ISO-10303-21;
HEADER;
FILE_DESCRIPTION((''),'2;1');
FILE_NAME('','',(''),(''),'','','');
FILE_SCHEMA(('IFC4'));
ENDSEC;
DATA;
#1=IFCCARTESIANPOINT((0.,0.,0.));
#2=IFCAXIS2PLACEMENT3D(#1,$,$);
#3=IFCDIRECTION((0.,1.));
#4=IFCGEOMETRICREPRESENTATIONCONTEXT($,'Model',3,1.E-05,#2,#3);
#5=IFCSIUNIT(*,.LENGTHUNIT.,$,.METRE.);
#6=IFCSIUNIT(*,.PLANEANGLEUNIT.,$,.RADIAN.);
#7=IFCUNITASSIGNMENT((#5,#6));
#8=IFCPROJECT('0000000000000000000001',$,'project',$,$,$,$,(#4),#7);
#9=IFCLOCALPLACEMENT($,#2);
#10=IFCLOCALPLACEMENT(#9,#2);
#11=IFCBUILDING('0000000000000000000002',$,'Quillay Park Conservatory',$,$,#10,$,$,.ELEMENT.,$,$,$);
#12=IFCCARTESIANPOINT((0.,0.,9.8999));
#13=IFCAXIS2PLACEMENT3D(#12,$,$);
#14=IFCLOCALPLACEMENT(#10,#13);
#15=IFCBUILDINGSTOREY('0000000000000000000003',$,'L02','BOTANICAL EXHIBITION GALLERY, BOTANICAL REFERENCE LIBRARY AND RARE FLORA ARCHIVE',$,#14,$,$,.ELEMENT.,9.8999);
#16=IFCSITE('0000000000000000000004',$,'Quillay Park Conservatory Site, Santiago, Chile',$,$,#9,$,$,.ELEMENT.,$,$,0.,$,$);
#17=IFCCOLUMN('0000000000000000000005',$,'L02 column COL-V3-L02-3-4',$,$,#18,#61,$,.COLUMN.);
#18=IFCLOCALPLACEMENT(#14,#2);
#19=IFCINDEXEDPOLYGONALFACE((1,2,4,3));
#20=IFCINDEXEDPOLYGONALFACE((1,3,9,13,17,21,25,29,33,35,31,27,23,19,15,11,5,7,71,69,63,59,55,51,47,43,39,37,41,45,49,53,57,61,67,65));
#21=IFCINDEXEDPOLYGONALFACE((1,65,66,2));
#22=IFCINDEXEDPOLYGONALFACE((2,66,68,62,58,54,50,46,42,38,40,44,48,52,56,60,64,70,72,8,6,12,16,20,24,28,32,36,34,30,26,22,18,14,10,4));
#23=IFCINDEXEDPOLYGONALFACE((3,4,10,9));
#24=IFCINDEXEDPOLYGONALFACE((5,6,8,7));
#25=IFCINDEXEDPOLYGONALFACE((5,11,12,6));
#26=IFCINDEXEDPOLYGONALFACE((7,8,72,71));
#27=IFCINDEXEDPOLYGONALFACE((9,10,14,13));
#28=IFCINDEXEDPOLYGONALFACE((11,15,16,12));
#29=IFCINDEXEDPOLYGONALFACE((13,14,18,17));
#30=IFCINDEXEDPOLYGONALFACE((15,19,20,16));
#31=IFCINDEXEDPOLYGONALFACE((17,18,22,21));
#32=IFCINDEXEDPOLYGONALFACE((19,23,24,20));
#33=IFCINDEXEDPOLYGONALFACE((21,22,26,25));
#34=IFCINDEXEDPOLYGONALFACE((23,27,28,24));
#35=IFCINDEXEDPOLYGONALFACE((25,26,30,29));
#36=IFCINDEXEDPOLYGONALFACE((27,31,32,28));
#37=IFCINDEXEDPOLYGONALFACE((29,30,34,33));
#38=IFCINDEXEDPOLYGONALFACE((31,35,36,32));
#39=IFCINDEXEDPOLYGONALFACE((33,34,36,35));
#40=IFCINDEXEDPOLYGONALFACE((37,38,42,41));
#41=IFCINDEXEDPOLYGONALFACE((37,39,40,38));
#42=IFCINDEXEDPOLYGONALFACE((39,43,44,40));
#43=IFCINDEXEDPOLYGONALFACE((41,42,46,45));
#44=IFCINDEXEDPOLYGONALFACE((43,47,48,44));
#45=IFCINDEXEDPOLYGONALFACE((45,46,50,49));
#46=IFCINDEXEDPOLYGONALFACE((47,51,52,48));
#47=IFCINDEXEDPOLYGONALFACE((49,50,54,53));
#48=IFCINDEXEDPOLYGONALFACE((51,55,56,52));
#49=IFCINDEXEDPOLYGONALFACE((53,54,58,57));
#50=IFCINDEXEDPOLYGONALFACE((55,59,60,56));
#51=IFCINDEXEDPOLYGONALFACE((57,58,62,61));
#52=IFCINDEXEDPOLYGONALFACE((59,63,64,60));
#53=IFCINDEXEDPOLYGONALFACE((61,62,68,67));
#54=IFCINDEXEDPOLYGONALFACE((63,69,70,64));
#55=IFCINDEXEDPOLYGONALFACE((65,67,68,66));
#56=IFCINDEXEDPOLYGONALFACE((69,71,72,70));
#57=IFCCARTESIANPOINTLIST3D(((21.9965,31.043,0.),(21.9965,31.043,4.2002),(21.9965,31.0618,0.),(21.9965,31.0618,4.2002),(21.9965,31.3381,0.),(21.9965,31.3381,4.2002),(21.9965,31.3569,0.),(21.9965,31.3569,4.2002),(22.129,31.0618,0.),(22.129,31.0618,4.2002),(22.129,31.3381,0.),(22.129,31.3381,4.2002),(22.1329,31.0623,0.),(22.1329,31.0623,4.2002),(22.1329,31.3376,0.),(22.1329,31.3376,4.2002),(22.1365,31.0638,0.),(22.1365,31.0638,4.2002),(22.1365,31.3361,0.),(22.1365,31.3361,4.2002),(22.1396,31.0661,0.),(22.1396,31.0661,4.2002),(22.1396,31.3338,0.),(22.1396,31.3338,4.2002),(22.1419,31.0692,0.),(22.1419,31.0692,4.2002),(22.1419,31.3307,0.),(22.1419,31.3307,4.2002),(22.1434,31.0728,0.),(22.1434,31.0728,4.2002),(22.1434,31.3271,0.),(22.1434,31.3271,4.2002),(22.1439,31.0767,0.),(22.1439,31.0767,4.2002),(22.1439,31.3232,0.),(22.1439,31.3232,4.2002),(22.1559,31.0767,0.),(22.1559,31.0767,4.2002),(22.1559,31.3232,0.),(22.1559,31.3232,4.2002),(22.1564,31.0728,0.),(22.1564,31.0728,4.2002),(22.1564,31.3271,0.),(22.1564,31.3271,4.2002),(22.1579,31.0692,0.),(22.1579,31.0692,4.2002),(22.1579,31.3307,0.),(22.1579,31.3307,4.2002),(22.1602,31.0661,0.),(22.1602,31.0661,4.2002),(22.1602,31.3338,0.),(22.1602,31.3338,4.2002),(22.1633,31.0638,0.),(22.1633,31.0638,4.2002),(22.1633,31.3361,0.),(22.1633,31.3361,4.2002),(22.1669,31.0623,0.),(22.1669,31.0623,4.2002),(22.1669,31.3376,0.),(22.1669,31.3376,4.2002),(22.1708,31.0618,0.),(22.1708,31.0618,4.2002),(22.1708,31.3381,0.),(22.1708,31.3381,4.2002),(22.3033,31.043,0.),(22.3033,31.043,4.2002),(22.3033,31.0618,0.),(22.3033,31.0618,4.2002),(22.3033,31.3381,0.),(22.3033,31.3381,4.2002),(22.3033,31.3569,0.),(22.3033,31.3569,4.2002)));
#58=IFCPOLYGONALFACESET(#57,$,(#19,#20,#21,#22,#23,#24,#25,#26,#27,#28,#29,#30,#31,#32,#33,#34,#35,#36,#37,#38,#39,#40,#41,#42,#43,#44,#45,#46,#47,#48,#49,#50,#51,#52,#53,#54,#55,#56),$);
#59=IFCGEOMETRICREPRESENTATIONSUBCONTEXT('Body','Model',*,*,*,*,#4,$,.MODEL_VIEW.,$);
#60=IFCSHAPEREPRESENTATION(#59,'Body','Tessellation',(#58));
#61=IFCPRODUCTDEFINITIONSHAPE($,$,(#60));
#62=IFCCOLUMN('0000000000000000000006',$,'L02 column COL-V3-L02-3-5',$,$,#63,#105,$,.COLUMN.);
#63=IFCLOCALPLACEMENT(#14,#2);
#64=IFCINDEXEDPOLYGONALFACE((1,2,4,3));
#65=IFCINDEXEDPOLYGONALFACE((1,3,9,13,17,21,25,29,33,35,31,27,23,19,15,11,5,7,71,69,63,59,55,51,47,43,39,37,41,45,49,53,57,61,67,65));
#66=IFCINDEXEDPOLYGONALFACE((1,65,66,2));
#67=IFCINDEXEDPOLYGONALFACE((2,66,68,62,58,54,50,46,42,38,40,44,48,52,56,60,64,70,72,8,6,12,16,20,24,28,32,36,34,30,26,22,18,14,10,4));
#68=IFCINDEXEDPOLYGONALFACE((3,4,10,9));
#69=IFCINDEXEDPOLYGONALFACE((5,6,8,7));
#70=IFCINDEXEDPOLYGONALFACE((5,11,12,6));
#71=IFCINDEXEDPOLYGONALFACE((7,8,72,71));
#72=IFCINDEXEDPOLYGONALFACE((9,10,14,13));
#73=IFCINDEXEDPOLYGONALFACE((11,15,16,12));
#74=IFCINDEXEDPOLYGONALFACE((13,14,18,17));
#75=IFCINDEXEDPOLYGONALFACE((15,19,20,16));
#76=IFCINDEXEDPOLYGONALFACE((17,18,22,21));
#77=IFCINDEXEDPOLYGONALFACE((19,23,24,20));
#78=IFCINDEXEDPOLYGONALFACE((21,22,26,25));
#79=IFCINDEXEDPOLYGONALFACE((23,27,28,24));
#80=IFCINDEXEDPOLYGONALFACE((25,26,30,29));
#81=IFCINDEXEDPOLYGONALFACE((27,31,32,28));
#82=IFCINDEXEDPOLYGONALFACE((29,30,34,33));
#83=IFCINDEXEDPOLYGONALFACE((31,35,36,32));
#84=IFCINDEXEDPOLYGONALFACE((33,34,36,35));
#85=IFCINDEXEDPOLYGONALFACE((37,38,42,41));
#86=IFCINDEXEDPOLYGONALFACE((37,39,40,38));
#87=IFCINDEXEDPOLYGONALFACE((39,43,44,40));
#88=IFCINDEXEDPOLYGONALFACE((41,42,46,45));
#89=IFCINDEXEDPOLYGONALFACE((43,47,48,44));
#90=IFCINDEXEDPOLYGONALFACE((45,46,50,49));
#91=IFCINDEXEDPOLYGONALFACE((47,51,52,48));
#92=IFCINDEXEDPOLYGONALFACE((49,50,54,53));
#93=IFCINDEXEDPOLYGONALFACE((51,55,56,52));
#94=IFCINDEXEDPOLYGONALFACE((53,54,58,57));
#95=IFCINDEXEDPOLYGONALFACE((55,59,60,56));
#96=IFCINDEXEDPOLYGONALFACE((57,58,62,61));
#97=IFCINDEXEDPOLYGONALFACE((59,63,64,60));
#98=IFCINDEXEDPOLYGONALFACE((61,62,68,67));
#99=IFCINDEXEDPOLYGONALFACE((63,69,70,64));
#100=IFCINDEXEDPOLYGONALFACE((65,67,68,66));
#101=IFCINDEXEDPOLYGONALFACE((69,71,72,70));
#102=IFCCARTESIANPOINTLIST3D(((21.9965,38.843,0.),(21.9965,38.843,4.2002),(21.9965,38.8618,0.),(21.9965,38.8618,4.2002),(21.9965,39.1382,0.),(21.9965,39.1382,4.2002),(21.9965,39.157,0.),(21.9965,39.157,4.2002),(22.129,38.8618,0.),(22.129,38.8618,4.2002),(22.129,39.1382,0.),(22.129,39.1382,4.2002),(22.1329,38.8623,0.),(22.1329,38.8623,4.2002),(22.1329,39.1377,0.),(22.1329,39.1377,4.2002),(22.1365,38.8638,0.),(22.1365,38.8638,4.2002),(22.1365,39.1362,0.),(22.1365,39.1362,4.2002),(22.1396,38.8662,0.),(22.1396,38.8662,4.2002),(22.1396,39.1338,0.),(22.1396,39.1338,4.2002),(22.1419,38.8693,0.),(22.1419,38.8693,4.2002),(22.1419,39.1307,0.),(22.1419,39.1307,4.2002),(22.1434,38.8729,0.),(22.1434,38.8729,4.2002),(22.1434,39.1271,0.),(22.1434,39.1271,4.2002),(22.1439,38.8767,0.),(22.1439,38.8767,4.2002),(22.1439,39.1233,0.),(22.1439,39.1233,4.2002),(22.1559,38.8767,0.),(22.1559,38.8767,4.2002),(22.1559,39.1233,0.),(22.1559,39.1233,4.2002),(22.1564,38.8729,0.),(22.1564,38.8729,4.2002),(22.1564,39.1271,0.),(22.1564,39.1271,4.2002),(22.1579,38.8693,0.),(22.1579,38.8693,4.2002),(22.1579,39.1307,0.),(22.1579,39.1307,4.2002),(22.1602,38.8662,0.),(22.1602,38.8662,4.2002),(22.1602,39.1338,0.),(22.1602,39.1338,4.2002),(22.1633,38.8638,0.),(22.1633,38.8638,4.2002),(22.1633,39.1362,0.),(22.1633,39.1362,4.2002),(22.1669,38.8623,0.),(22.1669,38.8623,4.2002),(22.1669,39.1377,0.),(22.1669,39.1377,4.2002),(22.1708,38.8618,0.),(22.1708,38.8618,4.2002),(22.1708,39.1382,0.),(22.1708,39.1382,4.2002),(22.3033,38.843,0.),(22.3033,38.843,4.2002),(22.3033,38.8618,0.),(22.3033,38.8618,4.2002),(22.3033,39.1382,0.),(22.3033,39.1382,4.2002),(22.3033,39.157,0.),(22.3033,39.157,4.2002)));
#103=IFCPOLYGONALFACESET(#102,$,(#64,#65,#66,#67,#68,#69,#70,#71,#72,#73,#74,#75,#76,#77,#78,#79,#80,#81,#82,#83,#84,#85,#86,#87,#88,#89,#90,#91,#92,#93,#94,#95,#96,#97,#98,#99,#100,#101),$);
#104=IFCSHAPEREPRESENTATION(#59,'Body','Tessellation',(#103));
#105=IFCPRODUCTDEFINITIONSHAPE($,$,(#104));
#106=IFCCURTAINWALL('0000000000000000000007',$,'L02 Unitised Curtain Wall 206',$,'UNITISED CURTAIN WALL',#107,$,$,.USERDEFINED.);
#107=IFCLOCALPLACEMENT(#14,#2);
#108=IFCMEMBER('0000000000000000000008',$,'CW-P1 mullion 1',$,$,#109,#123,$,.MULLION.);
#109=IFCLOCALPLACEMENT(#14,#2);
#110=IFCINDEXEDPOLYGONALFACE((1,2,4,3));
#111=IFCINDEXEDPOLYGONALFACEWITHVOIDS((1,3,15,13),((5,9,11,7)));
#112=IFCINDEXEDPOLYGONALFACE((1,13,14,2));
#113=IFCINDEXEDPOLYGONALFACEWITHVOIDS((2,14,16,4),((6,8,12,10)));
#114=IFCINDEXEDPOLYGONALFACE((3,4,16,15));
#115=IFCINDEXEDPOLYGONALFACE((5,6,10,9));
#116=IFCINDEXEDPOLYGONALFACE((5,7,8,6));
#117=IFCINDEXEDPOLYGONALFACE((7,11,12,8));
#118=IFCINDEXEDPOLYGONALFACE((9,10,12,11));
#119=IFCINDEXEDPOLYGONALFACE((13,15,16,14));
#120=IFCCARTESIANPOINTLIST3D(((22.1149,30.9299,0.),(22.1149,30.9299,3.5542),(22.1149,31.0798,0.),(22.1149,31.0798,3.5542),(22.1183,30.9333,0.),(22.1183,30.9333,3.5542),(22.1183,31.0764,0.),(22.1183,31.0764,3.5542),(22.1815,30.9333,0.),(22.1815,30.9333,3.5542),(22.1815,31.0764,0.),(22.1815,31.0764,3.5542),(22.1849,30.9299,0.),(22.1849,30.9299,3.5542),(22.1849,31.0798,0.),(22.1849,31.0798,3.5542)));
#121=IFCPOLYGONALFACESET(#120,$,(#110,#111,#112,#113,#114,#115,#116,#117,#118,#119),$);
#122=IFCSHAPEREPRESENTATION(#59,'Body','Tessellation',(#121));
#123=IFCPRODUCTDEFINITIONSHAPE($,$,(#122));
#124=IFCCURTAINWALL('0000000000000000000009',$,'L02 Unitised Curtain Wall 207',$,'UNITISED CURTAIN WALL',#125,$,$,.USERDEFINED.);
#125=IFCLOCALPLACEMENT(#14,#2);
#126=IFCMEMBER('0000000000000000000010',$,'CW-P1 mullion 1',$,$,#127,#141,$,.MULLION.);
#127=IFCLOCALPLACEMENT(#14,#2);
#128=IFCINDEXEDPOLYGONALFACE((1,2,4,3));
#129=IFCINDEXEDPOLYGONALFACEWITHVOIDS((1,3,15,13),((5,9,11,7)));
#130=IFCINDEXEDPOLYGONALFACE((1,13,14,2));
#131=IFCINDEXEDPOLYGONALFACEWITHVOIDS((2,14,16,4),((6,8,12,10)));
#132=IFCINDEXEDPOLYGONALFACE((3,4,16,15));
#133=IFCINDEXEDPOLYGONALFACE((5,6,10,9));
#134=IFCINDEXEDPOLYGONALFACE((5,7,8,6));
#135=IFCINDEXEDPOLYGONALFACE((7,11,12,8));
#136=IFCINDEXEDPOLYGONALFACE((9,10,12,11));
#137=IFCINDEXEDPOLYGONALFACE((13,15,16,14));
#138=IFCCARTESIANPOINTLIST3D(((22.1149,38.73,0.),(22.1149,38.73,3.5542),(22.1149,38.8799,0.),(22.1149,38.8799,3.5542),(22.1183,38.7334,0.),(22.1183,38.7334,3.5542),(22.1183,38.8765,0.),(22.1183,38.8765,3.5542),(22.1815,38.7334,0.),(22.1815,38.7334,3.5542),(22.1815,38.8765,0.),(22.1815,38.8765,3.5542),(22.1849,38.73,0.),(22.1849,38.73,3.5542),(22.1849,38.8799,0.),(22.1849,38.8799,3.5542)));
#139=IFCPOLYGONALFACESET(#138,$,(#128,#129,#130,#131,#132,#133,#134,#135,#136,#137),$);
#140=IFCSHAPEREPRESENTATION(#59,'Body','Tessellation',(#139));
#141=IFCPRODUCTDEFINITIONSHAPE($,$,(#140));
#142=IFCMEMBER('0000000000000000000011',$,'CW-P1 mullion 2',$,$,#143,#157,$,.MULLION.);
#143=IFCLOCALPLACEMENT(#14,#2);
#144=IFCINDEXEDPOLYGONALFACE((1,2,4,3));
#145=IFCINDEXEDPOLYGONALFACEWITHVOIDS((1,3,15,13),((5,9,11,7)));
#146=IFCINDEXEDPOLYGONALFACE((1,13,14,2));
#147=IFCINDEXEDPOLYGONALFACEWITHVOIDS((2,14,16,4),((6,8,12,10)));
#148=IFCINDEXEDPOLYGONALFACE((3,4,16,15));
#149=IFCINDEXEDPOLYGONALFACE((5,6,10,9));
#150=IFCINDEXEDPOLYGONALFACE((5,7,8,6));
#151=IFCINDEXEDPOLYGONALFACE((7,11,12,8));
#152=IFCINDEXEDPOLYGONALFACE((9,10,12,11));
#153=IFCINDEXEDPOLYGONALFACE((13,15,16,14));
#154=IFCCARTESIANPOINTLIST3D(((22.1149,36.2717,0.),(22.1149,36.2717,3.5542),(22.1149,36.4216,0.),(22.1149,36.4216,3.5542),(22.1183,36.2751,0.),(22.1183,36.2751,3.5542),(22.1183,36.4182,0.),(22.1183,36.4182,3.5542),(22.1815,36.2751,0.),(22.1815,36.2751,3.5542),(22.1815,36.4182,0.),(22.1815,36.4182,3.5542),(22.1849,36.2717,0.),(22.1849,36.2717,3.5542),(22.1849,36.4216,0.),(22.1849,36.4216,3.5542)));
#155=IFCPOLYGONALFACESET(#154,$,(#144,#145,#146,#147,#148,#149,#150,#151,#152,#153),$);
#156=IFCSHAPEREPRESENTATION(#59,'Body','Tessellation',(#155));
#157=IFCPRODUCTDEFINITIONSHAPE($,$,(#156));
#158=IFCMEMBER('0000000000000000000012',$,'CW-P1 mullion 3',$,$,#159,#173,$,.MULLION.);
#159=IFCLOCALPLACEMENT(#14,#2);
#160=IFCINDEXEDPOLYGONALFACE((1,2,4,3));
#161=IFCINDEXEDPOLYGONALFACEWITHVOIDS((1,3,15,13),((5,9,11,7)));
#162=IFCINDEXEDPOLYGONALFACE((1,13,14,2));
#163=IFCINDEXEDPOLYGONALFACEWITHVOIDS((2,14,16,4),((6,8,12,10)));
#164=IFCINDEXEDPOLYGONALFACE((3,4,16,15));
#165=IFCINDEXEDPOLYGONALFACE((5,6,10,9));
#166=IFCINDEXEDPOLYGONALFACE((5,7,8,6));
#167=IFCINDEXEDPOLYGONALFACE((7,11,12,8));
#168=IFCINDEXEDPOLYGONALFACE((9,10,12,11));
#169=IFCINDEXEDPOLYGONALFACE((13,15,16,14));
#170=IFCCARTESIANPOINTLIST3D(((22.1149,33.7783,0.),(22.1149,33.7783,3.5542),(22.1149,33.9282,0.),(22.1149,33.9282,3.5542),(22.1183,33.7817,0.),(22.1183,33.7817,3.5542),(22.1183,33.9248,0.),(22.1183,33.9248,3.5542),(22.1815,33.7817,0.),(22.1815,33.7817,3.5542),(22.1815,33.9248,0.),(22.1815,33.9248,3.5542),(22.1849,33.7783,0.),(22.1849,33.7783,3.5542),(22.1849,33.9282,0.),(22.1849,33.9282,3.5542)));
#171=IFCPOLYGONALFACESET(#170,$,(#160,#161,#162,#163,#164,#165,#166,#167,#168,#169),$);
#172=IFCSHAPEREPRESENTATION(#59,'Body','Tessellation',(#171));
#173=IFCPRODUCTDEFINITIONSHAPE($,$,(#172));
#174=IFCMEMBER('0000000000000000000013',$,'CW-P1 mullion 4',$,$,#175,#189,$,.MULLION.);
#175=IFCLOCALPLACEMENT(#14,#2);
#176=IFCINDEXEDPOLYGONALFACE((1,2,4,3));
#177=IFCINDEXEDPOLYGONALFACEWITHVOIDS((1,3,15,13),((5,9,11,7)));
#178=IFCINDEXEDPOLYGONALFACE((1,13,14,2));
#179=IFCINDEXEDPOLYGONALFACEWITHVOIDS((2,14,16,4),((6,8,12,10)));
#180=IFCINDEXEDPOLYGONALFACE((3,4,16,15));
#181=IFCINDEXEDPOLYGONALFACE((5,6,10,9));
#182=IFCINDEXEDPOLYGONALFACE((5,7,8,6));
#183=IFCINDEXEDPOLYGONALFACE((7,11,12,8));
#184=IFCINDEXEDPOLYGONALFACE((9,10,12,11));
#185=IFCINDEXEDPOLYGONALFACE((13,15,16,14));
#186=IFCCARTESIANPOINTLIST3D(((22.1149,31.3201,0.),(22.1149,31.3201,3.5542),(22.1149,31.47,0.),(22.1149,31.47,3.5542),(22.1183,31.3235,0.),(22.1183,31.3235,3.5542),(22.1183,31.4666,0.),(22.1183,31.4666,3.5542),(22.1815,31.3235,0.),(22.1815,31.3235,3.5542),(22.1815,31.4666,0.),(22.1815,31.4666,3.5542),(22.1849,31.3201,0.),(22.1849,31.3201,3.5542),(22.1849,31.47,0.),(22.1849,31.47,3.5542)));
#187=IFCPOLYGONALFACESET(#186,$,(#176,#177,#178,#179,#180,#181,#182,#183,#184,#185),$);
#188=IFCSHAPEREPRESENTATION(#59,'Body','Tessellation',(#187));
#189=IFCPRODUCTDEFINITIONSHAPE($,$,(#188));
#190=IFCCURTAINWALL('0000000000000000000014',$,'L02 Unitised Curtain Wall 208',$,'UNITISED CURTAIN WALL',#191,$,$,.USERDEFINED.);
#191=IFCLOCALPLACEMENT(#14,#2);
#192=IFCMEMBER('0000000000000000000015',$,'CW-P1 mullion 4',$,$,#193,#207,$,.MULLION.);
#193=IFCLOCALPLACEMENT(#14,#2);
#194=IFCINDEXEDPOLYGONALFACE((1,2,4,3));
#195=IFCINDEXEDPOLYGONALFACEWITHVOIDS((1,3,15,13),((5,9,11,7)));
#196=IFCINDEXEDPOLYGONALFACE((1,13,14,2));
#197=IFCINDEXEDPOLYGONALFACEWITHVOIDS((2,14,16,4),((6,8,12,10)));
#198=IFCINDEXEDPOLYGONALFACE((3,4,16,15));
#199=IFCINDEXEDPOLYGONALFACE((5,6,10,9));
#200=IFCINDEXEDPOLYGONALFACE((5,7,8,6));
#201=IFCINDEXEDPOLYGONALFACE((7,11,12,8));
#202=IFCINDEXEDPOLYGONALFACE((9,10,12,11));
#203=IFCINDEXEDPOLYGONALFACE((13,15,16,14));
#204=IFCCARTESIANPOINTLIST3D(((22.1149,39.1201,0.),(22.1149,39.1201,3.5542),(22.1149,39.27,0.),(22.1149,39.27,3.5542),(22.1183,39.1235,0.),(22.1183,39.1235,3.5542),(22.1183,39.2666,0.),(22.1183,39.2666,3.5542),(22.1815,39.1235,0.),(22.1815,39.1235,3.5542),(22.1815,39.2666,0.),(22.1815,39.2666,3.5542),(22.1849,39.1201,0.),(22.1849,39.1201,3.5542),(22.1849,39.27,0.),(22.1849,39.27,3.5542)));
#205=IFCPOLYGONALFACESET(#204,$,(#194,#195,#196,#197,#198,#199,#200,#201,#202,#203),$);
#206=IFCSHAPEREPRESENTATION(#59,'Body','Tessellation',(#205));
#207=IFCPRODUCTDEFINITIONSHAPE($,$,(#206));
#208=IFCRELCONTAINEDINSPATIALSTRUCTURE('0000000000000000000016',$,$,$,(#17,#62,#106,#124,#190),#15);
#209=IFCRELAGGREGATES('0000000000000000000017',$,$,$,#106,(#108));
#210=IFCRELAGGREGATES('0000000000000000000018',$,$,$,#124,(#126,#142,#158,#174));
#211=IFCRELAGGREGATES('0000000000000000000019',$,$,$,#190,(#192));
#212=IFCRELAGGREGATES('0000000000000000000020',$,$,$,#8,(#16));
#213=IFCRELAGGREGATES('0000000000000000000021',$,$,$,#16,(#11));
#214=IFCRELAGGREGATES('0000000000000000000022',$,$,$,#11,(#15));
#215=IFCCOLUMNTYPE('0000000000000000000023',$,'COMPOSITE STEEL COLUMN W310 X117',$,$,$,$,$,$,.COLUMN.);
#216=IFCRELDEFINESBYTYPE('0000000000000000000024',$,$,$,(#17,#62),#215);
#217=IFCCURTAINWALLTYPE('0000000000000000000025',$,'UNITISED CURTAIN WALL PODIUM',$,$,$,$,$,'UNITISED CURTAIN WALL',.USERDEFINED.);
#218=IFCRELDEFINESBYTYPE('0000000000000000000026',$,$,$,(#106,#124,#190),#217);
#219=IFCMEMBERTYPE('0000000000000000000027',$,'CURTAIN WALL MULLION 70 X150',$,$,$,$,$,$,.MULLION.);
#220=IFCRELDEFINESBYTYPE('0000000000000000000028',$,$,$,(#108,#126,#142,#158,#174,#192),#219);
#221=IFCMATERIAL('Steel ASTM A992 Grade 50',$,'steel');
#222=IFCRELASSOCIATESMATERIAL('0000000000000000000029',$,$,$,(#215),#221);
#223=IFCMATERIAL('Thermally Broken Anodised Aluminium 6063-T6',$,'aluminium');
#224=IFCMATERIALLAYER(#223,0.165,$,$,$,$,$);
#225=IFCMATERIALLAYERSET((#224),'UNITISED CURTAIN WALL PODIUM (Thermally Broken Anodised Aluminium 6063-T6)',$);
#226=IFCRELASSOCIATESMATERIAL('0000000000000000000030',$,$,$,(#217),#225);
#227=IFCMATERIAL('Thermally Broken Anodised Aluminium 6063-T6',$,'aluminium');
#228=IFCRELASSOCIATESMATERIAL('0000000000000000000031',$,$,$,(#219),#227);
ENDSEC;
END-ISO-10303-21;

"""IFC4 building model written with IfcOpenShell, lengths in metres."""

from ifc_helpers import new_model, si_unit, direction, frame, origin, origin_2d, place, context, subcontext, project, spatial, hollow_rectangle, i_section, extrude, material, layer, layer_set, material_profile, profile_set, type_object, element, aggregate, save


model = new_model("IFC4")

# Units and contexts
model_context = context("Model", 3, precision=1e-05, world=origin(), true_north=direction((0.0, 1.0)))
body_context = subcontext(model_context, "Body", "Model", "MODEL_VIEW")
ifc_project = project(units=[si_unit("LENGTHUNIT", "METRE"), si_unit("PLANEANGLEUNIT", "RADIAN")], contexts=[model_context])

# Site, building, storey
site_placement = place(None, origin())
site = spatial("IfcSite", under=ifc_project, at=site_placement, Name="Quillay Park Conservatory Site, Santiago, Chile", CompositionType="ELEMENT", RefElevation=0.0)
building_placement = place(site_placement, origin())
building = spatial("IfcBuilding", under=site, at=building_placement, Name="Quillay Park Conservatory", CompositionType="ELEMENT")
storey_placement = place(building_placement, frame((0.0, 0.0, 9.8999)))
storey = spatial("IfcBuildingStorey", under=building, at=storey_placement, Name="L02", Description="BOTANICAL EXHIBITION GALLERY, BOTANICAL REFERENCE LIBRARY AND RARE FLORA ARCHIVE", CompositionType="ELEMENT", Elevation=9.8999)

# Columns
ifc_material_1 = material(Name="Steel ASTM A992 Grade 50", Category="steel")
ifc_material_profile_1 = material_profile(ifc_material_1, i_section(OverallWidth=0.3069, OverallDepth=0.314, WebThickness=0.012, FlangeThickness=0.0188, FilletRadius=0.0149, at=origin_2d()), Name="W310x117")
ifc_profile_set_1 = profile_set([ifc_material_profile_1], Name="Steel ASTM A992 Grade 50")
column_type = type_object("IfcColumnType", Name="COMPOSITE STEEL COLUMN W310 X117", PredefinedType="COLUMN", material=ifc_profile_set_1)
for number, where, z_axis, x_axis, name in (
    (1, (22.1499, 31.2, 0.0), (0.0, 0.0, 1.0), (1.0, 0.0, 0.0), "L02 column COL-V3-L02-3-4"),
    (2, (22.1499, 39.0, 0.0), (0.0, 0.0, 1.0), (1.0, 0.0, 0.0), "L02 column COL-V3-L02-3-5"),
):
    element("IfcColumn", number, at=place(storey_placement, frame(where, z_axis=z_axis, x_axis=x_axis)), inside=storey, type_object=column_type, Name=name, PredefinedType="COLUMN", context=body_context, shape_type="SweptSolid", body=[
        extrude(i_section(OverallWidth=0.3069, OverallDepth=0.314, WebThickness=0.012, FlangeThickness=0.0188, FilletRadius=0.0149, at=origin_2d()), origin(), (0.0, 0.0, 1.0), 4.2002),
    ])

# Curtain wall, member
ifc_material_2 = material(Name="Thermally Broken Anodised Aluminium 6063-T6", Category="aluminium")
ifc_layer_1 = layer(ifc_material_2, 0.165)
ifc_layer_set_1 = layer_set([ifc_layer_1], Name="UNITISED CURTAIN WALL PODIUM (Thermally Broken Anodised Aluminium 6063-T6)")
curtain_wall_type = type_object("IfcCurtainWallType", Name="UNITISED CURTAIN WALL PODIUM", ElementType="UNITISED CURTAIN WALL", PredefinedType="USERDEFINED", material=ifc_layer_set_1)
curtain_wall_1_placement = place(storey_placement, origin())
curtain_wall_1 = element("IfcCurtainWall", 3, at=curtain_wall_1_placement, inside=storey, type_object=curtain_wall_type, Name="L02 Unitised Curtain Wall 206", ObjectType="UNITISED CURTAIN WALL", PredefinedType="USERDEFINED")
ifc_material_3 = material(Name="Thermally Broken Anodised Aluminium 6063-T6", Category="aluminium")
ifc_material_profile_2 = material_profile(ifc_material_3, hollow_rectangle(XDim=0.0701, YDim=0.1499, WallThickness=0.0034, at=origin_2d()), Name="AL70x150x3.5")
ifc_profile_set_2 = profile_set([ifc_material_profile_2], Name="Thermally Broken Anodised Aluminium 6063-T6")
member_type_1 = type_object("IfcMemberType", Name="CURTAIN WALL MULLION 70 X150", PredefinedType="MULLION", material=ifc_profile_set_2)
member_1_placement = place(storey_placement, frame((22.1499, 31.0049, 0.0), z_axis=(0.0, 0.0, 1.0), x_axis=(1.0, 0.0, 0.0)))
member_1 = element("IfcMember", 4, at=member_1_placement, type_object=member_type_1, Name="CW-P1 mullion 1", PredefinedType="MULLION", context=body_context, shape_type="SweptSolid", body=[
    extrude(hollow_rectangle(XDim=0.0701, YDim=0.1499, WallThickness=0.0034, at=origin_2d()), origin(), (0.0, 0.0, 1.0), 3.5542),
])

# Curtain wall, members
curtain_wall_2_placement = place(storey_placement, origin())
curtain_wall_2 = element("IfcCurtainWall", 5, at=curtain_wall_2_placement, inside=storey, type_object=curtain_wall_type, Name="L02 Unitised Curtain Wall 207", ObjectType="UNITISED CURTAIN WALL", PredefinedType="USERDEFINED")
member_2_placement = place(storey_placement, frame((22.1499, 38.8049, 0.0), z_axis=(0.0, 0.0, 1.0), x_axis=(1.0, 0.0, 0.0)))
member_2 = element("IfcMember", 6, at=member_2_placement, type_object=member_type_1, Name="CW-P1 mullion 1", PredefinedType="MULLION", context=body_context, shape_type="SweptSolid", body=[
    extrude(hollow_rectangle(XDim=0.0701, YDim=0.1499, WallThickness=0.0034, at=origin_2d()), origin(), (0.0, 0.0, 1.0), 3.5542),
])
member_3_placement = place(storey_placement, frame((22.1499, 36.3467, 0.0), z_axis=(0.0, 0.0, 1.0), x_axis=(1.0, 0.0, 0.0)))
member_3 = element("IfcMember", 7, at=member_3_placement, type_object=member_type_1, Name="CW-P1 mullion 2", PredefinedType="MULLION", context=body_context, shape_type="SweptSolid", body=[
    extrude(hollow_rectangle(XDim=0.0701, YDim=0.1499, WallThickness=0.0034, at=origin_2d()), origin(), (0.0, 0.0, 1.0), 3.5542),
])
member_4_placement = place(storey_placement, frame((22.1499, 33.8533, 0.0), z_axis=(0.0, 0.0, 1.0), x_axis=(1.0, 0.0, 0.0)))
member_4 = element("IfcMember", 8, at=member_4_placement, type_object=member_type_1, Name="CW-P1 mullion 3", PredefinedType="MULLION", context=body_context, shape_type="SweptSolid", body=[
    extrude(hollow_rectangle(XDim=0.0701, YDim=0.1499, WallThickness=0.0034, at=origin_2d()), origin(), (0.0, 0.0, 1.0), 3.5542),
])
member_5_placement = place(storey_placement, frame((22.1499, 31.395, 0.0), z_axis=(0.0, 0.0, 1.0), x_axis=(1.0, 0.0, 0.0)))
member_5 = element("IfcMember", 9, at=member_5_placement, type_object=member_type_1, Name="CW-P1 mullion 4", PredefinedType="MULLION", context=body_context, shape_type="SweptSolid", body=[
    extrude(hollow_rectangle(XDim=0.0701, YDim=0.1499, WallThickness=0.0034, at=origin_2d()), origin(), (0.0, 0.0, 1.0), 3.5542),
])

# Curtain wall, member
curtain_wall_3_placement = place(storey_placement, origin())
curtain_wall_3 = element("IfcCurtainWall", 10, at=curtain_wall_3_placement, inside=storey, type_object=curtain_wall_type, Name="L02 Unitised Curtain Wall 208", ObjectType="UNITISED CURTAIN WALL", PredefinedType="USERDEFINED")
member_6_placement = place(storey_placement, frame((22.1499, 39.1951, 0.0), z_axis=(0.0, 0.0, 1.0), x_axis=(1.0, 0.0, 0.0)))
member_6 = element("IfcMember", 11, at=member_6_placement, type_object=member_type_1, Name="CW-P1 mullion 4", PredefinedType="MULLION", context=body_context, shape_type="SweptSolid", body=[
    extrude(hollow_rectangle(XDim=0.0701, YDim=0.1499, WallThickness=0.0034, at=origin_2d()), origin(), (0.0, 0.0, 1.0), 3.5542),
])

aggregate(curtain_wall_1, [member_1])
aggregate(curtain_wall_2, [member_2, member_3, member_4, member_5])
aggregate(curtain_wall_3, [member_6])

save(model, "model.ifc")
